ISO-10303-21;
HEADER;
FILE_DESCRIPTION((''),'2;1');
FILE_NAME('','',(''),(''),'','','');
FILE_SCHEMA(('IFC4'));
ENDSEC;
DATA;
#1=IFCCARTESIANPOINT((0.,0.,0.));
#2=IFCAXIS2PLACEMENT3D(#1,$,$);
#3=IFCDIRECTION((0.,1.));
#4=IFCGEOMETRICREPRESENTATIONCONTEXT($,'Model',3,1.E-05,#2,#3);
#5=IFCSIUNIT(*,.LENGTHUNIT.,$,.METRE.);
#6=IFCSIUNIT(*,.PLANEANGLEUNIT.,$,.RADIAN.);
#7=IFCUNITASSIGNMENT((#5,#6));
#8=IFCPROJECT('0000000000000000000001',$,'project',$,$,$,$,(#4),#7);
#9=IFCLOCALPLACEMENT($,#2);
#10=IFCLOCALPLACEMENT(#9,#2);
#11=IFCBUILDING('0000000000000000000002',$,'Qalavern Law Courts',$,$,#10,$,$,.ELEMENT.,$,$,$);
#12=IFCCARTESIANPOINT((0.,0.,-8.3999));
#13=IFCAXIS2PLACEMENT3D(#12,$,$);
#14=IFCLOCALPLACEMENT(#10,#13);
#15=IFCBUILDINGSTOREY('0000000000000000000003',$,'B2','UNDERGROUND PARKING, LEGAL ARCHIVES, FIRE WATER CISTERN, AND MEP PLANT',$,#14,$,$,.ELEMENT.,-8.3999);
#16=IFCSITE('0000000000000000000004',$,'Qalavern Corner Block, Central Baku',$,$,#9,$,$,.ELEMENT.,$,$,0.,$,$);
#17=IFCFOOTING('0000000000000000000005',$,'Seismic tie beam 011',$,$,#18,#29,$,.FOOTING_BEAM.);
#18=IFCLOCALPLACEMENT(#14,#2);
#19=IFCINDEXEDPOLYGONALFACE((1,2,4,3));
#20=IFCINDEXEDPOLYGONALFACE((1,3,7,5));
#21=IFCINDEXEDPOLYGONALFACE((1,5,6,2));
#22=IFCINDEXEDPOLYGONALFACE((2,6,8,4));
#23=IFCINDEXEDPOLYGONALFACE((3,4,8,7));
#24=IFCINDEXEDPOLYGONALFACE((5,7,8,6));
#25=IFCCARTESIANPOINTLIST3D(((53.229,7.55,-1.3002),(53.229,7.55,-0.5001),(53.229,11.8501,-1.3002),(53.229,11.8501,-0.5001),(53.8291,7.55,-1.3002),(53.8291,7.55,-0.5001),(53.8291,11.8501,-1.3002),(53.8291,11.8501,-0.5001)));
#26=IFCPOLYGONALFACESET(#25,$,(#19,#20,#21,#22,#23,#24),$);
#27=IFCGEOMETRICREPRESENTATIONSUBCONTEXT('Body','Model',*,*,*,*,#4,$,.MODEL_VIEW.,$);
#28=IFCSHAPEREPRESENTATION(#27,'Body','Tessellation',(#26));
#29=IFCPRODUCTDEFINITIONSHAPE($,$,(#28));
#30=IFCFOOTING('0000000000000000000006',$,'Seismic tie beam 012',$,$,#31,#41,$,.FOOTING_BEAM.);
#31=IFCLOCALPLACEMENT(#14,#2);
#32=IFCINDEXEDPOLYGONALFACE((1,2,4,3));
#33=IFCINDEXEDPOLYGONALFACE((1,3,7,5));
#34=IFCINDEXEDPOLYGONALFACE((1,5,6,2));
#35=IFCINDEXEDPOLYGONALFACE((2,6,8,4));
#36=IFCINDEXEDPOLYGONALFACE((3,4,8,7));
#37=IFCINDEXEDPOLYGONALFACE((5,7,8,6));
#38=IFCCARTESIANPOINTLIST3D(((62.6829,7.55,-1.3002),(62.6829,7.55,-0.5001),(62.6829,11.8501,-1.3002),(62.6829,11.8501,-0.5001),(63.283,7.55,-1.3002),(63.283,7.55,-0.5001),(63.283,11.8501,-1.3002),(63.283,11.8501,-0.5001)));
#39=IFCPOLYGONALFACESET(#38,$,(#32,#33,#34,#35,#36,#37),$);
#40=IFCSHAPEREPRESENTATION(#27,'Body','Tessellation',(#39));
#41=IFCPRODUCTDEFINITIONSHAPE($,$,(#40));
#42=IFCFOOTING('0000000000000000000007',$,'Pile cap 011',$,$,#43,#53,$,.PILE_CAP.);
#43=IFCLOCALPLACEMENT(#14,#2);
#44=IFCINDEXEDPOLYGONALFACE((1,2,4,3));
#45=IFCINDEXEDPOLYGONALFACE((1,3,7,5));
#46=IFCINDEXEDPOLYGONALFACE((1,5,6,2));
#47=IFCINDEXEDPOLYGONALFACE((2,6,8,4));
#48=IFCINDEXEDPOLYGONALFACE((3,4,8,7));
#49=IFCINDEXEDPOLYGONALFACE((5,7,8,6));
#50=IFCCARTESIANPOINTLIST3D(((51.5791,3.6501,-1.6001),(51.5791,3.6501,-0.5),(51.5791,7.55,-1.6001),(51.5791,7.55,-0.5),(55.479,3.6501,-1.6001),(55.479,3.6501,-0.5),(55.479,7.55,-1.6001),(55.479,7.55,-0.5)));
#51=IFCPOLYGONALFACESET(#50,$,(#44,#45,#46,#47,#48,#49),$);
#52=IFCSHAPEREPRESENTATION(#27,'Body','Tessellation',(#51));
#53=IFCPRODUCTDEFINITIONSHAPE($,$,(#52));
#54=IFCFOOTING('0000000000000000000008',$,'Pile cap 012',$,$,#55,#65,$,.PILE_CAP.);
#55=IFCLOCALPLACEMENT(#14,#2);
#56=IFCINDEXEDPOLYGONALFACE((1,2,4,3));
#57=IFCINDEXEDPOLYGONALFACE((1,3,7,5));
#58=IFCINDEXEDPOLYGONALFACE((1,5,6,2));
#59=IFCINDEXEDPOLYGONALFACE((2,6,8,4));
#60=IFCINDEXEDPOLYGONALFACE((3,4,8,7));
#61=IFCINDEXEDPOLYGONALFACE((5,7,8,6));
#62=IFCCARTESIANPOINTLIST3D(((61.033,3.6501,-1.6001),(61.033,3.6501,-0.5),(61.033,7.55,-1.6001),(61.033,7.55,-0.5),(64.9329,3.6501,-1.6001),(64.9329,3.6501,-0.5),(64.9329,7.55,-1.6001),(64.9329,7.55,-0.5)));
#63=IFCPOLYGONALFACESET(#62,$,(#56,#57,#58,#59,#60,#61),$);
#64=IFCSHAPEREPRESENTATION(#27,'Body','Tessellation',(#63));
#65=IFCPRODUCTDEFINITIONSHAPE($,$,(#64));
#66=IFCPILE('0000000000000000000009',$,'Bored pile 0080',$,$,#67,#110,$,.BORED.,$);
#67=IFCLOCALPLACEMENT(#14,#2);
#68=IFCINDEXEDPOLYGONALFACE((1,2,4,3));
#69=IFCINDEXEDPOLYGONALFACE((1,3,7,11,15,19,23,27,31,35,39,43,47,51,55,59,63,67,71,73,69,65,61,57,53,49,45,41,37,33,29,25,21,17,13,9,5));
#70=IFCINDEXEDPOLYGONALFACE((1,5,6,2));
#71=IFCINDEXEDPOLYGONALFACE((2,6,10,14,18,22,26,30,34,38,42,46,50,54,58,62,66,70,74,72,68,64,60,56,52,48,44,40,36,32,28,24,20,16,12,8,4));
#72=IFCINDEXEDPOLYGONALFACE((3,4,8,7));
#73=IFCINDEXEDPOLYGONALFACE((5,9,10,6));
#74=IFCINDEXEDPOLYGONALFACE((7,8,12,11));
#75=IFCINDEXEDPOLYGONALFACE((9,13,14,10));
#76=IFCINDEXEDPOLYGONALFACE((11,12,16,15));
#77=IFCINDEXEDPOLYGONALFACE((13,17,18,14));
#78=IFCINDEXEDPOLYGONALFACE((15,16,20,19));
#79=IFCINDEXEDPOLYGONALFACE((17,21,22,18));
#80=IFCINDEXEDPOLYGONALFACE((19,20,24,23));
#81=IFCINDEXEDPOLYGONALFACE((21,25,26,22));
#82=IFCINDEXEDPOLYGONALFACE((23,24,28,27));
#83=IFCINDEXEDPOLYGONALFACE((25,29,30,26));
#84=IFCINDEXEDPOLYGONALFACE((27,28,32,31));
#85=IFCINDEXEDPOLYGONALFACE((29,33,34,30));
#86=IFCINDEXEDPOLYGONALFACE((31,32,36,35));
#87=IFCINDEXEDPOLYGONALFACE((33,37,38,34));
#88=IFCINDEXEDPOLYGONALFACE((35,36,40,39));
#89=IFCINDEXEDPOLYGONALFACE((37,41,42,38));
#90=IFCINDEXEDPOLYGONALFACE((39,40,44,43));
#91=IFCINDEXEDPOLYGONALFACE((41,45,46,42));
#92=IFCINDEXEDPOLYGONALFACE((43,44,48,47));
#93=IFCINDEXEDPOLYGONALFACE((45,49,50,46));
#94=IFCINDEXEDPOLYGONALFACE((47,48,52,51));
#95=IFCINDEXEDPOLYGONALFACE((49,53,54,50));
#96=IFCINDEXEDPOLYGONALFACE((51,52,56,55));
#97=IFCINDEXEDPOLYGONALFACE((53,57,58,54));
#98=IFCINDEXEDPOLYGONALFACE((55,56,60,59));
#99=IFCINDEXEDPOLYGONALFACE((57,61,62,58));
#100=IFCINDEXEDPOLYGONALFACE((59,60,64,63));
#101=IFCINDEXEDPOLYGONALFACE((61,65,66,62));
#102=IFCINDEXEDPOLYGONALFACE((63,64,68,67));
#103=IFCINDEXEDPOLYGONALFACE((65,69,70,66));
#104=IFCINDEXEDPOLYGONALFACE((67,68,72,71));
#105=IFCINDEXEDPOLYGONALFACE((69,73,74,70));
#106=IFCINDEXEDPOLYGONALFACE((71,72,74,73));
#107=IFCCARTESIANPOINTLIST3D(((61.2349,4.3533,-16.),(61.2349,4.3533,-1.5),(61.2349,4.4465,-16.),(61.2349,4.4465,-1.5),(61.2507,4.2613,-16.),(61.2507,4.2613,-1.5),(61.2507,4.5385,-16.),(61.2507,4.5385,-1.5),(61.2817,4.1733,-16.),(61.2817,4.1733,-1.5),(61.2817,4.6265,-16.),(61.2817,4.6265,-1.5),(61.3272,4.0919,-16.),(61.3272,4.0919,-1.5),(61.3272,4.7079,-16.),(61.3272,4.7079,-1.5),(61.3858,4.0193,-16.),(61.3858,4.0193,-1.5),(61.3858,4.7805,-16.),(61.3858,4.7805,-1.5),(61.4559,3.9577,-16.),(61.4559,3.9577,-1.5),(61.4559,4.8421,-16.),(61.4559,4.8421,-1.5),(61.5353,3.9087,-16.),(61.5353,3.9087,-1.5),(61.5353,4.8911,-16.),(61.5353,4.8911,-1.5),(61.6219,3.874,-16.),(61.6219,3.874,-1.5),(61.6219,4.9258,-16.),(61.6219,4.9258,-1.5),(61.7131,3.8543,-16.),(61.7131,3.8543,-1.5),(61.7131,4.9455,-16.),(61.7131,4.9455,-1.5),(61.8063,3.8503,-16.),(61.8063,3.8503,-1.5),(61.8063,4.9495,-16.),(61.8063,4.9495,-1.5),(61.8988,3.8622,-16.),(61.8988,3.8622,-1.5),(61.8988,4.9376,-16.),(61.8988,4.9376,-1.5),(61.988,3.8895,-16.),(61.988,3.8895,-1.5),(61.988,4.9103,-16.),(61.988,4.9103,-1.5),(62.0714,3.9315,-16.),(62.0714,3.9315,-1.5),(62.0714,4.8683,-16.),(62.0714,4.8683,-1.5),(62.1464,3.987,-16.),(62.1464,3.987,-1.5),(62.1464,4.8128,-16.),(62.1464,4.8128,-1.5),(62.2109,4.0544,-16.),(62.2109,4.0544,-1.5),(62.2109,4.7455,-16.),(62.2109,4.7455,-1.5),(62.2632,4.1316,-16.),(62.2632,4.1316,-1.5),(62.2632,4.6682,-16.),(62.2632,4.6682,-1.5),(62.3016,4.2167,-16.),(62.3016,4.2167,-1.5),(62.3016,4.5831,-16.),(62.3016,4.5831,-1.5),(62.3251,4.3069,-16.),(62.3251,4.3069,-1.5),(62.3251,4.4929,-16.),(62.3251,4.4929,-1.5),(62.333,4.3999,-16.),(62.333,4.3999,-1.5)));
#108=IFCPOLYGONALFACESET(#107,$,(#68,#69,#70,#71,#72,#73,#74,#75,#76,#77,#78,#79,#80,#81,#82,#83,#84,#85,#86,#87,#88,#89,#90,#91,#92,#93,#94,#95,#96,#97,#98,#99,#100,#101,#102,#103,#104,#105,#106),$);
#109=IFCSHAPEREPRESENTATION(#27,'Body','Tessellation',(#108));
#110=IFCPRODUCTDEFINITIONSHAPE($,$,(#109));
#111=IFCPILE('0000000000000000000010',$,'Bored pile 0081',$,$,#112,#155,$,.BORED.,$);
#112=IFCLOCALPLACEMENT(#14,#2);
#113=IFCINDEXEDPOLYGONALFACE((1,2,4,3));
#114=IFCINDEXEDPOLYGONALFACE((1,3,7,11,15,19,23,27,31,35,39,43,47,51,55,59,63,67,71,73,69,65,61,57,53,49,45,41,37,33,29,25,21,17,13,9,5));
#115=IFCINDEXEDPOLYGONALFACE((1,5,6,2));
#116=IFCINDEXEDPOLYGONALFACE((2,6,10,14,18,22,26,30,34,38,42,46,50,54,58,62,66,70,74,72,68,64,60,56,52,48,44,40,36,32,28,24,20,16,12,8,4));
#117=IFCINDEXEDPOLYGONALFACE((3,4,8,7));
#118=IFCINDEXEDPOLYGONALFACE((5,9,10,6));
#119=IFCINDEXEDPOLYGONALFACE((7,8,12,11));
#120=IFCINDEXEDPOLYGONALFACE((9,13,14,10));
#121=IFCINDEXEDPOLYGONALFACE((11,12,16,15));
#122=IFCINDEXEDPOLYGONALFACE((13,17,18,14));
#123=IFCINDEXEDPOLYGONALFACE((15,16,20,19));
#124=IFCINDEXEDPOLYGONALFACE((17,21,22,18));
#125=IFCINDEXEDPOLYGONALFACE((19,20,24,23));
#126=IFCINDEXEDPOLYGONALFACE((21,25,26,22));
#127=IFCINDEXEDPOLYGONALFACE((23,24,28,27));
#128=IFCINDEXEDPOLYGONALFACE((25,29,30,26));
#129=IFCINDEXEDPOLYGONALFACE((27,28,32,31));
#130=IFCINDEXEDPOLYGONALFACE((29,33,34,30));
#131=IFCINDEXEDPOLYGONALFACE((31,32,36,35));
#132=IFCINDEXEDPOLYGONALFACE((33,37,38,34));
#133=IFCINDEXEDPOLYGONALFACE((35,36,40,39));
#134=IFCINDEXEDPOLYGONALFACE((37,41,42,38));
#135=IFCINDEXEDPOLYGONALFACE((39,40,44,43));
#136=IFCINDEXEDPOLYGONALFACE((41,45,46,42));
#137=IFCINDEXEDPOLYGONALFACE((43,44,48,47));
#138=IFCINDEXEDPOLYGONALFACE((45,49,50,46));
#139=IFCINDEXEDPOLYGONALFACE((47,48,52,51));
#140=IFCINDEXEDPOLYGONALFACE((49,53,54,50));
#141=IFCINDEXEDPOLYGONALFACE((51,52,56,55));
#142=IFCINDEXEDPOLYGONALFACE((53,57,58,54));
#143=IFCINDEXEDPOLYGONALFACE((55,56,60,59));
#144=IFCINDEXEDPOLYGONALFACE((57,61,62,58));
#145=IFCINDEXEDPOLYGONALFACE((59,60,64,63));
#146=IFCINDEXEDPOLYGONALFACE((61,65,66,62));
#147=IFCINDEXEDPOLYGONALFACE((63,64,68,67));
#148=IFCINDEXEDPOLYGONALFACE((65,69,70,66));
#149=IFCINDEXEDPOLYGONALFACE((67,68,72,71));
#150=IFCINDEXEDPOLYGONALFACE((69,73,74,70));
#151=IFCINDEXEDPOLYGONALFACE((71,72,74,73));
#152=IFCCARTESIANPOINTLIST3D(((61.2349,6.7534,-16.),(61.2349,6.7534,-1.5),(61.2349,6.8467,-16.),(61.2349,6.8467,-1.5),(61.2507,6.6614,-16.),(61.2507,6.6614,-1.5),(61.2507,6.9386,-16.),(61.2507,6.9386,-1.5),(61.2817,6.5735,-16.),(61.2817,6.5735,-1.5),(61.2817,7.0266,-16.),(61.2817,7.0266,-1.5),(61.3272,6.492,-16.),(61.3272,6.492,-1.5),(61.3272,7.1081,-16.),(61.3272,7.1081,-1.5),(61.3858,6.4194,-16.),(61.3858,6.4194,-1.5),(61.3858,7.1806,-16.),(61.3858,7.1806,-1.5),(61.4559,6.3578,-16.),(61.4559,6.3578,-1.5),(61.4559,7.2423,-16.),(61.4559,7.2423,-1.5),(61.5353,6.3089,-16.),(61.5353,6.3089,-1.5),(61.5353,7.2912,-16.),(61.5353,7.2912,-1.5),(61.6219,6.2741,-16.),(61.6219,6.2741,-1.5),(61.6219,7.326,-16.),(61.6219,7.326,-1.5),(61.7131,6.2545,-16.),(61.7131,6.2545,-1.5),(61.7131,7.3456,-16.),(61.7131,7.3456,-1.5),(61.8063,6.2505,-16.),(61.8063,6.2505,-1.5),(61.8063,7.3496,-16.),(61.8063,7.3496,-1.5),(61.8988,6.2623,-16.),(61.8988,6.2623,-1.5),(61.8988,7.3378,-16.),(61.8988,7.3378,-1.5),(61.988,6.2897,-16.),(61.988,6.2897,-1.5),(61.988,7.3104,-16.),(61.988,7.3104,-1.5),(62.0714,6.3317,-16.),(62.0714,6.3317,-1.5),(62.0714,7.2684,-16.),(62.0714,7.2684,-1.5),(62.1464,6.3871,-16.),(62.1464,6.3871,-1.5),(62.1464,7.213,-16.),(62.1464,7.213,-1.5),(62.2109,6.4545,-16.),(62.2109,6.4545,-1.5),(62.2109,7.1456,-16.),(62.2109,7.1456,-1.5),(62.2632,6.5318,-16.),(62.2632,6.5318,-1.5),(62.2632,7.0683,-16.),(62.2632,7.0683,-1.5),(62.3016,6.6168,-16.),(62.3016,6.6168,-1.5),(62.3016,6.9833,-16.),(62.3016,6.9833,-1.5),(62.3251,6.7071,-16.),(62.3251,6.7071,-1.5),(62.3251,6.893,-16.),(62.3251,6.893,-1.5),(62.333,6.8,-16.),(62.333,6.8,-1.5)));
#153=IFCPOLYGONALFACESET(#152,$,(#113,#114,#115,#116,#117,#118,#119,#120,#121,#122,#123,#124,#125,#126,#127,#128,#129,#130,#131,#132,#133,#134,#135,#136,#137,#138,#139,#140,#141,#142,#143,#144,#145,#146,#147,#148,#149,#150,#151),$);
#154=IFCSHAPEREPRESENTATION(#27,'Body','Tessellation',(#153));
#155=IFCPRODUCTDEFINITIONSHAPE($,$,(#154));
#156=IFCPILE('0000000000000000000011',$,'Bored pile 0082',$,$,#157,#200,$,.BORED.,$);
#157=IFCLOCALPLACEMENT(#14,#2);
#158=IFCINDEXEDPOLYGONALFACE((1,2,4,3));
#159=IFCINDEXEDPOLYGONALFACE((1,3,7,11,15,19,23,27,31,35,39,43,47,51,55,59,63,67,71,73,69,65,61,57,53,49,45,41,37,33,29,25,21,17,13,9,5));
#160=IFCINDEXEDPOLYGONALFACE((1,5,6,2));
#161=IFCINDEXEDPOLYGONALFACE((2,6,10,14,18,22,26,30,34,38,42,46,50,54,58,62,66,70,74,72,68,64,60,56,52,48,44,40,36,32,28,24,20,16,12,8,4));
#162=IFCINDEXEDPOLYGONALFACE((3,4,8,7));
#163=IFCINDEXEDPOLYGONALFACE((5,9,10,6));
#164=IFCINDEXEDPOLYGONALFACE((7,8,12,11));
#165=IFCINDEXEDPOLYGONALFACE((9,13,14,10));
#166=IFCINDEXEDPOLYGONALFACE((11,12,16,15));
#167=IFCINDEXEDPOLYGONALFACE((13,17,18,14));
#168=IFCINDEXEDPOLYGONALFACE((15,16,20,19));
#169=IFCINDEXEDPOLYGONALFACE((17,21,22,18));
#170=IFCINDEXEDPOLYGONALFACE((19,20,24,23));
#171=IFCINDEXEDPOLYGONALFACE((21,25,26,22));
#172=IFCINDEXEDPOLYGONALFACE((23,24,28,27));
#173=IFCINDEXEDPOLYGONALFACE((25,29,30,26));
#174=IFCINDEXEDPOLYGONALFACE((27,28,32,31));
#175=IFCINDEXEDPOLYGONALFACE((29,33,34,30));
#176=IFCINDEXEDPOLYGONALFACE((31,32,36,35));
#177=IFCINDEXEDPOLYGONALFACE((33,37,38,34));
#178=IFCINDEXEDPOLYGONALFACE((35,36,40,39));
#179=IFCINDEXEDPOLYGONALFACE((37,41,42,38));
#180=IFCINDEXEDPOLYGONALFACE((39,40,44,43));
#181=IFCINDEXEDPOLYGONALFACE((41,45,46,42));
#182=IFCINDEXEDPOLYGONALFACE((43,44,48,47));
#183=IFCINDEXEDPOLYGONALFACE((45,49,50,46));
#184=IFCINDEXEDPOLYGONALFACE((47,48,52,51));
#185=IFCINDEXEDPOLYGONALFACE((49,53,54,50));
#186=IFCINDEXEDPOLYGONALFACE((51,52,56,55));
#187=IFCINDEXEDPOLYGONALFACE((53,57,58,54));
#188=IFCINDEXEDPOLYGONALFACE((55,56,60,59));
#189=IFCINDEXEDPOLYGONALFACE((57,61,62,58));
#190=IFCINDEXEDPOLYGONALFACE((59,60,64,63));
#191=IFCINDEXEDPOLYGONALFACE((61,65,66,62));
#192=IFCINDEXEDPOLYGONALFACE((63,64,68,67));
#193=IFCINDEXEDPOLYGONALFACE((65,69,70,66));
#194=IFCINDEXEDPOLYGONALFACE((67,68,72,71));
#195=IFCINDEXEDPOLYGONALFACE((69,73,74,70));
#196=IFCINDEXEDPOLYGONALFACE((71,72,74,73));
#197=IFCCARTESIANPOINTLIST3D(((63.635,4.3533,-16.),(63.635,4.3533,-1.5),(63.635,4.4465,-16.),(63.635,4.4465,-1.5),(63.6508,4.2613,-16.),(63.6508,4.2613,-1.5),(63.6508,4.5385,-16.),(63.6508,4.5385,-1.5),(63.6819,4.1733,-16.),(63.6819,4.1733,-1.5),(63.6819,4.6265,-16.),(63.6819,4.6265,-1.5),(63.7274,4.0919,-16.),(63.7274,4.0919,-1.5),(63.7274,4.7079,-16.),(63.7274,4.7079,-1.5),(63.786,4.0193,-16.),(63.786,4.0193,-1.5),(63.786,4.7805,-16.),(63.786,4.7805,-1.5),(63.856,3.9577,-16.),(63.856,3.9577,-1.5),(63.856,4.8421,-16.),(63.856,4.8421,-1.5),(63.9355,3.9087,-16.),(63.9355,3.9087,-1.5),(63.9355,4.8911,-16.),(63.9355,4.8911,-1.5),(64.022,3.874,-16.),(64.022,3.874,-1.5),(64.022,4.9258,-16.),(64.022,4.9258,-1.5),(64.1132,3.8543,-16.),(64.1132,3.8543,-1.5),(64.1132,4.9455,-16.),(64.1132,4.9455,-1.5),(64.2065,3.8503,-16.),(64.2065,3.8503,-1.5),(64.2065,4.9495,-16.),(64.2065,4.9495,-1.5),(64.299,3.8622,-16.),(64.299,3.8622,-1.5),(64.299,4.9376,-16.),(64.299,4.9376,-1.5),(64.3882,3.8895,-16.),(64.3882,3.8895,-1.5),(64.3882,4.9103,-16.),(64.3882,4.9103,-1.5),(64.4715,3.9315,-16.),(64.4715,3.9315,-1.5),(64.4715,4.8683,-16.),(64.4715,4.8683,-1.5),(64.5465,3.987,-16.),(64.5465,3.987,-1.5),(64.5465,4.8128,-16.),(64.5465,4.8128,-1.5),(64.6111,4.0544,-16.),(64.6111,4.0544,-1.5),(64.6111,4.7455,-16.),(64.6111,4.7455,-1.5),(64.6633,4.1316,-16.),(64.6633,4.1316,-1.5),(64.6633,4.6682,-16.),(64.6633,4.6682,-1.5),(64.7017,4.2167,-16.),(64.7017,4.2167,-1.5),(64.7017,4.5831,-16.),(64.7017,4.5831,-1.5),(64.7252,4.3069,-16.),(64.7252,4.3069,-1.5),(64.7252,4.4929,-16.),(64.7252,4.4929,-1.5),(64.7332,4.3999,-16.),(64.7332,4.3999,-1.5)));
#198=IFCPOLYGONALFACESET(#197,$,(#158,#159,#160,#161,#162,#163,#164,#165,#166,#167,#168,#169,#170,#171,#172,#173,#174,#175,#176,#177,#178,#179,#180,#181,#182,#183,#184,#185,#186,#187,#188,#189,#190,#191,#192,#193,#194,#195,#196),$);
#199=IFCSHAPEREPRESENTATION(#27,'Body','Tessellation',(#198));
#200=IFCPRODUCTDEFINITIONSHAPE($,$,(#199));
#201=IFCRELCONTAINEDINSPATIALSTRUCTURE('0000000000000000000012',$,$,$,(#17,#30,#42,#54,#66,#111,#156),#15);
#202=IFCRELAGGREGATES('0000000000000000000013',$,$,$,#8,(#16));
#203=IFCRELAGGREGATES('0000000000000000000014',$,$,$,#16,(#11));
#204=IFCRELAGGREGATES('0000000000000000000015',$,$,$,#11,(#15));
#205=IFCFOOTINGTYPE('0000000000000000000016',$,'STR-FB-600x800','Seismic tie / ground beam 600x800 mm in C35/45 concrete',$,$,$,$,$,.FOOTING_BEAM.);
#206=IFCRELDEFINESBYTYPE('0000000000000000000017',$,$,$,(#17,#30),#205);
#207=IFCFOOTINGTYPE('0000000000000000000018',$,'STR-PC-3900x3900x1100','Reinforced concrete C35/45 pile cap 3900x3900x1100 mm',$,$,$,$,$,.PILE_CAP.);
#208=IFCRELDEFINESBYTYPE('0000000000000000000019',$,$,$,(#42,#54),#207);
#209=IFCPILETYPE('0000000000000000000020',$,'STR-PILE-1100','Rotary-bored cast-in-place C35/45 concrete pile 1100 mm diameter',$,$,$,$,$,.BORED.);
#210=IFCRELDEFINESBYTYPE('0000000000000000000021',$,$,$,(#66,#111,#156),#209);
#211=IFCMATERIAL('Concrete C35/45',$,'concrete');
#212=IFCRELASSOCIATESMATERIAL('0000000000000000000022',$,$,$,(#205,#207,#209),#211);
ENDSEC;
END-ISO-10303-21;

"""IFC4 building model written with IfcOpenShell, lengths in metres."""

from ifc_helpers import new_model, si_unit, direction, frame, origin, origin_2d, place, context, subcontext, project, spatial, rectangle, circle, extrude, material, material_profile, profile_set, type_object, element, save


model = new_model("IFC4")

# Units and contexts
model_context = context("Model", 3, precision=1e-05, world=origin(), true_north=direction((0.0, 1.0)))
body_context = subcontext(model_context, "Body", "Model", "MODEL_VIEW")
ifc_project = project(units=[si_unit("LENGTHUNIT", "METRE"), si_unit("PLANEANGLEUNIT", "RADIAN")], contexts=[model_context])

# Site, building, storey
site_placement = place(None, origin())
site = spatial("IfcSite", under=ifc_project, at=site_placement, Name="Qalavern Corner Block, Central Baku", CompositionType="ELEMENT", RefElevation=0.0)
building_placement = place(site_placement, origin())
building = spatial("IfcBuilding", under=site, at=building_placement, Name="Qalavern Law Courts", CompositionType="ELEMENT")
storey_placement = place(building_placement, frame((0.0, 0.0, -8.3999)))
storey = spatial("IfcBuildingStorey", under=building, at=storey_placement, Name="B2", Description="UNDERGROUND PARKING, LEGAL ARCHIVES, FIRE WATER CISTERN, AND MEP PLANT", CompositionType="ELEMENT", Elevation=-8.3999)

# Footings
ifc_material_1 = material(Name="Concrete C35/45", Category="concrete")
ifc_material_profile_1 = material_profile(ifc_material_1, rectangle(XDim=0.6001, YDim=0.8, at=origin_2d()), Name="RC 600x800")
ifc_profile_set_1 = profile_set([ifc_material_profile_1], Name="Concrete C35/45")
footing_type_1 = type_object("IfcFootingType", Name="STR-FB-600x800", Description="Seismic tie / ground beam 600x800 mm in C35/45 concrete", PredefinedType="FOOTING_BEAM", material=ifc_profile_set_1)
for number, where, z_axis, x_axis, name in (
    (1, (53.5291, 7.55, -0.9001), (0.0, 1.0, 0.0), (-1.0, 0.0, 0.0), "Seismic tie beam 011"),
    (2, (62.9829, 7.55, -0.9001), (0.0, 1.0, 0.0), (-1.0, 0.0, 0.0), "Seismic tie beam 012"),
):
    element("IfcFooting", number, at=place(storey_placement, frame(where, z_axis=z_axis, x_axis=x_axis)), inside=storey, type_object=footing_type_1, Name=name, PredefinedType="FOOTING_BEAM", context=body_context, shape_type="SweptSolid", body=[
        extrude(rectangle(XDim=0.6001, YDim=0.8, at=origin_2d()), origin(), (0.0, 0.0, 1.0), 4.3),
    ])
footing_type_2 = type_object("IfcFootingType", Name="STR-PC-3900x3900x1100", Description="Reinforced concrete C35/45 pile cap 3900x3900x1100 mm", PredefinedType="PILE_CAP", material=ifc_material_1)
for number, where, z_axis, x_axis, name in (
    (3, (53.5291, 5.6001, -1.6001), (0.0, 0.0, 1.0), (1.0, 0.0, 0.0), "Pile cap 011"),
    (4, (62.9829, 5.6001, -1.6001), (0.0, 0.0, 1.0), (1.0, 0.0, 0.0), "Pile cap 012"),
):
    element("IfcFooting", number, at=place(storey_placement, frame(where, z_axis=z_axis, x_axis=x_axis)), inside=storey, type_object=footing_type_2, Name=name, PredefinedType="PILE_CAP", context=body_context, shape_type="SweptSolid", body=[
        extrude(rectangle(XDim=3.8999, YDim=3.8999, at=origin_2d()), origin(), (0.0, 0.0, 1.0), 1.1001),
    ])

# Piles
ifc_material_profile_2 = material_profile(ifc_material_1, circle(Radius=0.55, at=origin_2d()), Name="BORED PILE 1100")
ifc_profile_set_2 = profile_set([ifc_material_profile_2], Name="Concrete C35/45")
pile_type_1 = type_object("IfcPileType", Name="STR-PILE-1100", Description="Rotary-bored cast-in-place C35/45 concrete pile 1100 mm diameter", PredefinedType="BORED", material=ifc_profile_set_2)
for number, where, z_axis, x_axis, name in (
    (5, (61.783, 4.3999, -1.5), (0.0, 0.0, -1.0), (1.0, 0.0, 0.0), "Bored pile 0080"),
    (6, (61.783, 6.8, -1.5), (0.0, 0.0, -1.0), (1.0, 0.0, 0.0), "Bored pile 0081"),
    (7, (64.1831, 4.3999, -1.5), (0.0, 0.0, -1.0), (1.0, 0.0, 0.0), "Bored pile 0082"),
):
    element("IfcPile", number, at=place(storey_placement, frame(where, z_axis=z_axis, x_axis=x_axis)), inside=storey, type_object=pile_type_1, Name=name, PredefinedType="BORED", context=body_context, shape_type="SweptSolid", body=[
        extrude(circle(Radius=0.55, at=origin_2d()), origin(), (0.0, 0.0, 1.0), 14.5),
    ])

save(model, "model.ifc")
